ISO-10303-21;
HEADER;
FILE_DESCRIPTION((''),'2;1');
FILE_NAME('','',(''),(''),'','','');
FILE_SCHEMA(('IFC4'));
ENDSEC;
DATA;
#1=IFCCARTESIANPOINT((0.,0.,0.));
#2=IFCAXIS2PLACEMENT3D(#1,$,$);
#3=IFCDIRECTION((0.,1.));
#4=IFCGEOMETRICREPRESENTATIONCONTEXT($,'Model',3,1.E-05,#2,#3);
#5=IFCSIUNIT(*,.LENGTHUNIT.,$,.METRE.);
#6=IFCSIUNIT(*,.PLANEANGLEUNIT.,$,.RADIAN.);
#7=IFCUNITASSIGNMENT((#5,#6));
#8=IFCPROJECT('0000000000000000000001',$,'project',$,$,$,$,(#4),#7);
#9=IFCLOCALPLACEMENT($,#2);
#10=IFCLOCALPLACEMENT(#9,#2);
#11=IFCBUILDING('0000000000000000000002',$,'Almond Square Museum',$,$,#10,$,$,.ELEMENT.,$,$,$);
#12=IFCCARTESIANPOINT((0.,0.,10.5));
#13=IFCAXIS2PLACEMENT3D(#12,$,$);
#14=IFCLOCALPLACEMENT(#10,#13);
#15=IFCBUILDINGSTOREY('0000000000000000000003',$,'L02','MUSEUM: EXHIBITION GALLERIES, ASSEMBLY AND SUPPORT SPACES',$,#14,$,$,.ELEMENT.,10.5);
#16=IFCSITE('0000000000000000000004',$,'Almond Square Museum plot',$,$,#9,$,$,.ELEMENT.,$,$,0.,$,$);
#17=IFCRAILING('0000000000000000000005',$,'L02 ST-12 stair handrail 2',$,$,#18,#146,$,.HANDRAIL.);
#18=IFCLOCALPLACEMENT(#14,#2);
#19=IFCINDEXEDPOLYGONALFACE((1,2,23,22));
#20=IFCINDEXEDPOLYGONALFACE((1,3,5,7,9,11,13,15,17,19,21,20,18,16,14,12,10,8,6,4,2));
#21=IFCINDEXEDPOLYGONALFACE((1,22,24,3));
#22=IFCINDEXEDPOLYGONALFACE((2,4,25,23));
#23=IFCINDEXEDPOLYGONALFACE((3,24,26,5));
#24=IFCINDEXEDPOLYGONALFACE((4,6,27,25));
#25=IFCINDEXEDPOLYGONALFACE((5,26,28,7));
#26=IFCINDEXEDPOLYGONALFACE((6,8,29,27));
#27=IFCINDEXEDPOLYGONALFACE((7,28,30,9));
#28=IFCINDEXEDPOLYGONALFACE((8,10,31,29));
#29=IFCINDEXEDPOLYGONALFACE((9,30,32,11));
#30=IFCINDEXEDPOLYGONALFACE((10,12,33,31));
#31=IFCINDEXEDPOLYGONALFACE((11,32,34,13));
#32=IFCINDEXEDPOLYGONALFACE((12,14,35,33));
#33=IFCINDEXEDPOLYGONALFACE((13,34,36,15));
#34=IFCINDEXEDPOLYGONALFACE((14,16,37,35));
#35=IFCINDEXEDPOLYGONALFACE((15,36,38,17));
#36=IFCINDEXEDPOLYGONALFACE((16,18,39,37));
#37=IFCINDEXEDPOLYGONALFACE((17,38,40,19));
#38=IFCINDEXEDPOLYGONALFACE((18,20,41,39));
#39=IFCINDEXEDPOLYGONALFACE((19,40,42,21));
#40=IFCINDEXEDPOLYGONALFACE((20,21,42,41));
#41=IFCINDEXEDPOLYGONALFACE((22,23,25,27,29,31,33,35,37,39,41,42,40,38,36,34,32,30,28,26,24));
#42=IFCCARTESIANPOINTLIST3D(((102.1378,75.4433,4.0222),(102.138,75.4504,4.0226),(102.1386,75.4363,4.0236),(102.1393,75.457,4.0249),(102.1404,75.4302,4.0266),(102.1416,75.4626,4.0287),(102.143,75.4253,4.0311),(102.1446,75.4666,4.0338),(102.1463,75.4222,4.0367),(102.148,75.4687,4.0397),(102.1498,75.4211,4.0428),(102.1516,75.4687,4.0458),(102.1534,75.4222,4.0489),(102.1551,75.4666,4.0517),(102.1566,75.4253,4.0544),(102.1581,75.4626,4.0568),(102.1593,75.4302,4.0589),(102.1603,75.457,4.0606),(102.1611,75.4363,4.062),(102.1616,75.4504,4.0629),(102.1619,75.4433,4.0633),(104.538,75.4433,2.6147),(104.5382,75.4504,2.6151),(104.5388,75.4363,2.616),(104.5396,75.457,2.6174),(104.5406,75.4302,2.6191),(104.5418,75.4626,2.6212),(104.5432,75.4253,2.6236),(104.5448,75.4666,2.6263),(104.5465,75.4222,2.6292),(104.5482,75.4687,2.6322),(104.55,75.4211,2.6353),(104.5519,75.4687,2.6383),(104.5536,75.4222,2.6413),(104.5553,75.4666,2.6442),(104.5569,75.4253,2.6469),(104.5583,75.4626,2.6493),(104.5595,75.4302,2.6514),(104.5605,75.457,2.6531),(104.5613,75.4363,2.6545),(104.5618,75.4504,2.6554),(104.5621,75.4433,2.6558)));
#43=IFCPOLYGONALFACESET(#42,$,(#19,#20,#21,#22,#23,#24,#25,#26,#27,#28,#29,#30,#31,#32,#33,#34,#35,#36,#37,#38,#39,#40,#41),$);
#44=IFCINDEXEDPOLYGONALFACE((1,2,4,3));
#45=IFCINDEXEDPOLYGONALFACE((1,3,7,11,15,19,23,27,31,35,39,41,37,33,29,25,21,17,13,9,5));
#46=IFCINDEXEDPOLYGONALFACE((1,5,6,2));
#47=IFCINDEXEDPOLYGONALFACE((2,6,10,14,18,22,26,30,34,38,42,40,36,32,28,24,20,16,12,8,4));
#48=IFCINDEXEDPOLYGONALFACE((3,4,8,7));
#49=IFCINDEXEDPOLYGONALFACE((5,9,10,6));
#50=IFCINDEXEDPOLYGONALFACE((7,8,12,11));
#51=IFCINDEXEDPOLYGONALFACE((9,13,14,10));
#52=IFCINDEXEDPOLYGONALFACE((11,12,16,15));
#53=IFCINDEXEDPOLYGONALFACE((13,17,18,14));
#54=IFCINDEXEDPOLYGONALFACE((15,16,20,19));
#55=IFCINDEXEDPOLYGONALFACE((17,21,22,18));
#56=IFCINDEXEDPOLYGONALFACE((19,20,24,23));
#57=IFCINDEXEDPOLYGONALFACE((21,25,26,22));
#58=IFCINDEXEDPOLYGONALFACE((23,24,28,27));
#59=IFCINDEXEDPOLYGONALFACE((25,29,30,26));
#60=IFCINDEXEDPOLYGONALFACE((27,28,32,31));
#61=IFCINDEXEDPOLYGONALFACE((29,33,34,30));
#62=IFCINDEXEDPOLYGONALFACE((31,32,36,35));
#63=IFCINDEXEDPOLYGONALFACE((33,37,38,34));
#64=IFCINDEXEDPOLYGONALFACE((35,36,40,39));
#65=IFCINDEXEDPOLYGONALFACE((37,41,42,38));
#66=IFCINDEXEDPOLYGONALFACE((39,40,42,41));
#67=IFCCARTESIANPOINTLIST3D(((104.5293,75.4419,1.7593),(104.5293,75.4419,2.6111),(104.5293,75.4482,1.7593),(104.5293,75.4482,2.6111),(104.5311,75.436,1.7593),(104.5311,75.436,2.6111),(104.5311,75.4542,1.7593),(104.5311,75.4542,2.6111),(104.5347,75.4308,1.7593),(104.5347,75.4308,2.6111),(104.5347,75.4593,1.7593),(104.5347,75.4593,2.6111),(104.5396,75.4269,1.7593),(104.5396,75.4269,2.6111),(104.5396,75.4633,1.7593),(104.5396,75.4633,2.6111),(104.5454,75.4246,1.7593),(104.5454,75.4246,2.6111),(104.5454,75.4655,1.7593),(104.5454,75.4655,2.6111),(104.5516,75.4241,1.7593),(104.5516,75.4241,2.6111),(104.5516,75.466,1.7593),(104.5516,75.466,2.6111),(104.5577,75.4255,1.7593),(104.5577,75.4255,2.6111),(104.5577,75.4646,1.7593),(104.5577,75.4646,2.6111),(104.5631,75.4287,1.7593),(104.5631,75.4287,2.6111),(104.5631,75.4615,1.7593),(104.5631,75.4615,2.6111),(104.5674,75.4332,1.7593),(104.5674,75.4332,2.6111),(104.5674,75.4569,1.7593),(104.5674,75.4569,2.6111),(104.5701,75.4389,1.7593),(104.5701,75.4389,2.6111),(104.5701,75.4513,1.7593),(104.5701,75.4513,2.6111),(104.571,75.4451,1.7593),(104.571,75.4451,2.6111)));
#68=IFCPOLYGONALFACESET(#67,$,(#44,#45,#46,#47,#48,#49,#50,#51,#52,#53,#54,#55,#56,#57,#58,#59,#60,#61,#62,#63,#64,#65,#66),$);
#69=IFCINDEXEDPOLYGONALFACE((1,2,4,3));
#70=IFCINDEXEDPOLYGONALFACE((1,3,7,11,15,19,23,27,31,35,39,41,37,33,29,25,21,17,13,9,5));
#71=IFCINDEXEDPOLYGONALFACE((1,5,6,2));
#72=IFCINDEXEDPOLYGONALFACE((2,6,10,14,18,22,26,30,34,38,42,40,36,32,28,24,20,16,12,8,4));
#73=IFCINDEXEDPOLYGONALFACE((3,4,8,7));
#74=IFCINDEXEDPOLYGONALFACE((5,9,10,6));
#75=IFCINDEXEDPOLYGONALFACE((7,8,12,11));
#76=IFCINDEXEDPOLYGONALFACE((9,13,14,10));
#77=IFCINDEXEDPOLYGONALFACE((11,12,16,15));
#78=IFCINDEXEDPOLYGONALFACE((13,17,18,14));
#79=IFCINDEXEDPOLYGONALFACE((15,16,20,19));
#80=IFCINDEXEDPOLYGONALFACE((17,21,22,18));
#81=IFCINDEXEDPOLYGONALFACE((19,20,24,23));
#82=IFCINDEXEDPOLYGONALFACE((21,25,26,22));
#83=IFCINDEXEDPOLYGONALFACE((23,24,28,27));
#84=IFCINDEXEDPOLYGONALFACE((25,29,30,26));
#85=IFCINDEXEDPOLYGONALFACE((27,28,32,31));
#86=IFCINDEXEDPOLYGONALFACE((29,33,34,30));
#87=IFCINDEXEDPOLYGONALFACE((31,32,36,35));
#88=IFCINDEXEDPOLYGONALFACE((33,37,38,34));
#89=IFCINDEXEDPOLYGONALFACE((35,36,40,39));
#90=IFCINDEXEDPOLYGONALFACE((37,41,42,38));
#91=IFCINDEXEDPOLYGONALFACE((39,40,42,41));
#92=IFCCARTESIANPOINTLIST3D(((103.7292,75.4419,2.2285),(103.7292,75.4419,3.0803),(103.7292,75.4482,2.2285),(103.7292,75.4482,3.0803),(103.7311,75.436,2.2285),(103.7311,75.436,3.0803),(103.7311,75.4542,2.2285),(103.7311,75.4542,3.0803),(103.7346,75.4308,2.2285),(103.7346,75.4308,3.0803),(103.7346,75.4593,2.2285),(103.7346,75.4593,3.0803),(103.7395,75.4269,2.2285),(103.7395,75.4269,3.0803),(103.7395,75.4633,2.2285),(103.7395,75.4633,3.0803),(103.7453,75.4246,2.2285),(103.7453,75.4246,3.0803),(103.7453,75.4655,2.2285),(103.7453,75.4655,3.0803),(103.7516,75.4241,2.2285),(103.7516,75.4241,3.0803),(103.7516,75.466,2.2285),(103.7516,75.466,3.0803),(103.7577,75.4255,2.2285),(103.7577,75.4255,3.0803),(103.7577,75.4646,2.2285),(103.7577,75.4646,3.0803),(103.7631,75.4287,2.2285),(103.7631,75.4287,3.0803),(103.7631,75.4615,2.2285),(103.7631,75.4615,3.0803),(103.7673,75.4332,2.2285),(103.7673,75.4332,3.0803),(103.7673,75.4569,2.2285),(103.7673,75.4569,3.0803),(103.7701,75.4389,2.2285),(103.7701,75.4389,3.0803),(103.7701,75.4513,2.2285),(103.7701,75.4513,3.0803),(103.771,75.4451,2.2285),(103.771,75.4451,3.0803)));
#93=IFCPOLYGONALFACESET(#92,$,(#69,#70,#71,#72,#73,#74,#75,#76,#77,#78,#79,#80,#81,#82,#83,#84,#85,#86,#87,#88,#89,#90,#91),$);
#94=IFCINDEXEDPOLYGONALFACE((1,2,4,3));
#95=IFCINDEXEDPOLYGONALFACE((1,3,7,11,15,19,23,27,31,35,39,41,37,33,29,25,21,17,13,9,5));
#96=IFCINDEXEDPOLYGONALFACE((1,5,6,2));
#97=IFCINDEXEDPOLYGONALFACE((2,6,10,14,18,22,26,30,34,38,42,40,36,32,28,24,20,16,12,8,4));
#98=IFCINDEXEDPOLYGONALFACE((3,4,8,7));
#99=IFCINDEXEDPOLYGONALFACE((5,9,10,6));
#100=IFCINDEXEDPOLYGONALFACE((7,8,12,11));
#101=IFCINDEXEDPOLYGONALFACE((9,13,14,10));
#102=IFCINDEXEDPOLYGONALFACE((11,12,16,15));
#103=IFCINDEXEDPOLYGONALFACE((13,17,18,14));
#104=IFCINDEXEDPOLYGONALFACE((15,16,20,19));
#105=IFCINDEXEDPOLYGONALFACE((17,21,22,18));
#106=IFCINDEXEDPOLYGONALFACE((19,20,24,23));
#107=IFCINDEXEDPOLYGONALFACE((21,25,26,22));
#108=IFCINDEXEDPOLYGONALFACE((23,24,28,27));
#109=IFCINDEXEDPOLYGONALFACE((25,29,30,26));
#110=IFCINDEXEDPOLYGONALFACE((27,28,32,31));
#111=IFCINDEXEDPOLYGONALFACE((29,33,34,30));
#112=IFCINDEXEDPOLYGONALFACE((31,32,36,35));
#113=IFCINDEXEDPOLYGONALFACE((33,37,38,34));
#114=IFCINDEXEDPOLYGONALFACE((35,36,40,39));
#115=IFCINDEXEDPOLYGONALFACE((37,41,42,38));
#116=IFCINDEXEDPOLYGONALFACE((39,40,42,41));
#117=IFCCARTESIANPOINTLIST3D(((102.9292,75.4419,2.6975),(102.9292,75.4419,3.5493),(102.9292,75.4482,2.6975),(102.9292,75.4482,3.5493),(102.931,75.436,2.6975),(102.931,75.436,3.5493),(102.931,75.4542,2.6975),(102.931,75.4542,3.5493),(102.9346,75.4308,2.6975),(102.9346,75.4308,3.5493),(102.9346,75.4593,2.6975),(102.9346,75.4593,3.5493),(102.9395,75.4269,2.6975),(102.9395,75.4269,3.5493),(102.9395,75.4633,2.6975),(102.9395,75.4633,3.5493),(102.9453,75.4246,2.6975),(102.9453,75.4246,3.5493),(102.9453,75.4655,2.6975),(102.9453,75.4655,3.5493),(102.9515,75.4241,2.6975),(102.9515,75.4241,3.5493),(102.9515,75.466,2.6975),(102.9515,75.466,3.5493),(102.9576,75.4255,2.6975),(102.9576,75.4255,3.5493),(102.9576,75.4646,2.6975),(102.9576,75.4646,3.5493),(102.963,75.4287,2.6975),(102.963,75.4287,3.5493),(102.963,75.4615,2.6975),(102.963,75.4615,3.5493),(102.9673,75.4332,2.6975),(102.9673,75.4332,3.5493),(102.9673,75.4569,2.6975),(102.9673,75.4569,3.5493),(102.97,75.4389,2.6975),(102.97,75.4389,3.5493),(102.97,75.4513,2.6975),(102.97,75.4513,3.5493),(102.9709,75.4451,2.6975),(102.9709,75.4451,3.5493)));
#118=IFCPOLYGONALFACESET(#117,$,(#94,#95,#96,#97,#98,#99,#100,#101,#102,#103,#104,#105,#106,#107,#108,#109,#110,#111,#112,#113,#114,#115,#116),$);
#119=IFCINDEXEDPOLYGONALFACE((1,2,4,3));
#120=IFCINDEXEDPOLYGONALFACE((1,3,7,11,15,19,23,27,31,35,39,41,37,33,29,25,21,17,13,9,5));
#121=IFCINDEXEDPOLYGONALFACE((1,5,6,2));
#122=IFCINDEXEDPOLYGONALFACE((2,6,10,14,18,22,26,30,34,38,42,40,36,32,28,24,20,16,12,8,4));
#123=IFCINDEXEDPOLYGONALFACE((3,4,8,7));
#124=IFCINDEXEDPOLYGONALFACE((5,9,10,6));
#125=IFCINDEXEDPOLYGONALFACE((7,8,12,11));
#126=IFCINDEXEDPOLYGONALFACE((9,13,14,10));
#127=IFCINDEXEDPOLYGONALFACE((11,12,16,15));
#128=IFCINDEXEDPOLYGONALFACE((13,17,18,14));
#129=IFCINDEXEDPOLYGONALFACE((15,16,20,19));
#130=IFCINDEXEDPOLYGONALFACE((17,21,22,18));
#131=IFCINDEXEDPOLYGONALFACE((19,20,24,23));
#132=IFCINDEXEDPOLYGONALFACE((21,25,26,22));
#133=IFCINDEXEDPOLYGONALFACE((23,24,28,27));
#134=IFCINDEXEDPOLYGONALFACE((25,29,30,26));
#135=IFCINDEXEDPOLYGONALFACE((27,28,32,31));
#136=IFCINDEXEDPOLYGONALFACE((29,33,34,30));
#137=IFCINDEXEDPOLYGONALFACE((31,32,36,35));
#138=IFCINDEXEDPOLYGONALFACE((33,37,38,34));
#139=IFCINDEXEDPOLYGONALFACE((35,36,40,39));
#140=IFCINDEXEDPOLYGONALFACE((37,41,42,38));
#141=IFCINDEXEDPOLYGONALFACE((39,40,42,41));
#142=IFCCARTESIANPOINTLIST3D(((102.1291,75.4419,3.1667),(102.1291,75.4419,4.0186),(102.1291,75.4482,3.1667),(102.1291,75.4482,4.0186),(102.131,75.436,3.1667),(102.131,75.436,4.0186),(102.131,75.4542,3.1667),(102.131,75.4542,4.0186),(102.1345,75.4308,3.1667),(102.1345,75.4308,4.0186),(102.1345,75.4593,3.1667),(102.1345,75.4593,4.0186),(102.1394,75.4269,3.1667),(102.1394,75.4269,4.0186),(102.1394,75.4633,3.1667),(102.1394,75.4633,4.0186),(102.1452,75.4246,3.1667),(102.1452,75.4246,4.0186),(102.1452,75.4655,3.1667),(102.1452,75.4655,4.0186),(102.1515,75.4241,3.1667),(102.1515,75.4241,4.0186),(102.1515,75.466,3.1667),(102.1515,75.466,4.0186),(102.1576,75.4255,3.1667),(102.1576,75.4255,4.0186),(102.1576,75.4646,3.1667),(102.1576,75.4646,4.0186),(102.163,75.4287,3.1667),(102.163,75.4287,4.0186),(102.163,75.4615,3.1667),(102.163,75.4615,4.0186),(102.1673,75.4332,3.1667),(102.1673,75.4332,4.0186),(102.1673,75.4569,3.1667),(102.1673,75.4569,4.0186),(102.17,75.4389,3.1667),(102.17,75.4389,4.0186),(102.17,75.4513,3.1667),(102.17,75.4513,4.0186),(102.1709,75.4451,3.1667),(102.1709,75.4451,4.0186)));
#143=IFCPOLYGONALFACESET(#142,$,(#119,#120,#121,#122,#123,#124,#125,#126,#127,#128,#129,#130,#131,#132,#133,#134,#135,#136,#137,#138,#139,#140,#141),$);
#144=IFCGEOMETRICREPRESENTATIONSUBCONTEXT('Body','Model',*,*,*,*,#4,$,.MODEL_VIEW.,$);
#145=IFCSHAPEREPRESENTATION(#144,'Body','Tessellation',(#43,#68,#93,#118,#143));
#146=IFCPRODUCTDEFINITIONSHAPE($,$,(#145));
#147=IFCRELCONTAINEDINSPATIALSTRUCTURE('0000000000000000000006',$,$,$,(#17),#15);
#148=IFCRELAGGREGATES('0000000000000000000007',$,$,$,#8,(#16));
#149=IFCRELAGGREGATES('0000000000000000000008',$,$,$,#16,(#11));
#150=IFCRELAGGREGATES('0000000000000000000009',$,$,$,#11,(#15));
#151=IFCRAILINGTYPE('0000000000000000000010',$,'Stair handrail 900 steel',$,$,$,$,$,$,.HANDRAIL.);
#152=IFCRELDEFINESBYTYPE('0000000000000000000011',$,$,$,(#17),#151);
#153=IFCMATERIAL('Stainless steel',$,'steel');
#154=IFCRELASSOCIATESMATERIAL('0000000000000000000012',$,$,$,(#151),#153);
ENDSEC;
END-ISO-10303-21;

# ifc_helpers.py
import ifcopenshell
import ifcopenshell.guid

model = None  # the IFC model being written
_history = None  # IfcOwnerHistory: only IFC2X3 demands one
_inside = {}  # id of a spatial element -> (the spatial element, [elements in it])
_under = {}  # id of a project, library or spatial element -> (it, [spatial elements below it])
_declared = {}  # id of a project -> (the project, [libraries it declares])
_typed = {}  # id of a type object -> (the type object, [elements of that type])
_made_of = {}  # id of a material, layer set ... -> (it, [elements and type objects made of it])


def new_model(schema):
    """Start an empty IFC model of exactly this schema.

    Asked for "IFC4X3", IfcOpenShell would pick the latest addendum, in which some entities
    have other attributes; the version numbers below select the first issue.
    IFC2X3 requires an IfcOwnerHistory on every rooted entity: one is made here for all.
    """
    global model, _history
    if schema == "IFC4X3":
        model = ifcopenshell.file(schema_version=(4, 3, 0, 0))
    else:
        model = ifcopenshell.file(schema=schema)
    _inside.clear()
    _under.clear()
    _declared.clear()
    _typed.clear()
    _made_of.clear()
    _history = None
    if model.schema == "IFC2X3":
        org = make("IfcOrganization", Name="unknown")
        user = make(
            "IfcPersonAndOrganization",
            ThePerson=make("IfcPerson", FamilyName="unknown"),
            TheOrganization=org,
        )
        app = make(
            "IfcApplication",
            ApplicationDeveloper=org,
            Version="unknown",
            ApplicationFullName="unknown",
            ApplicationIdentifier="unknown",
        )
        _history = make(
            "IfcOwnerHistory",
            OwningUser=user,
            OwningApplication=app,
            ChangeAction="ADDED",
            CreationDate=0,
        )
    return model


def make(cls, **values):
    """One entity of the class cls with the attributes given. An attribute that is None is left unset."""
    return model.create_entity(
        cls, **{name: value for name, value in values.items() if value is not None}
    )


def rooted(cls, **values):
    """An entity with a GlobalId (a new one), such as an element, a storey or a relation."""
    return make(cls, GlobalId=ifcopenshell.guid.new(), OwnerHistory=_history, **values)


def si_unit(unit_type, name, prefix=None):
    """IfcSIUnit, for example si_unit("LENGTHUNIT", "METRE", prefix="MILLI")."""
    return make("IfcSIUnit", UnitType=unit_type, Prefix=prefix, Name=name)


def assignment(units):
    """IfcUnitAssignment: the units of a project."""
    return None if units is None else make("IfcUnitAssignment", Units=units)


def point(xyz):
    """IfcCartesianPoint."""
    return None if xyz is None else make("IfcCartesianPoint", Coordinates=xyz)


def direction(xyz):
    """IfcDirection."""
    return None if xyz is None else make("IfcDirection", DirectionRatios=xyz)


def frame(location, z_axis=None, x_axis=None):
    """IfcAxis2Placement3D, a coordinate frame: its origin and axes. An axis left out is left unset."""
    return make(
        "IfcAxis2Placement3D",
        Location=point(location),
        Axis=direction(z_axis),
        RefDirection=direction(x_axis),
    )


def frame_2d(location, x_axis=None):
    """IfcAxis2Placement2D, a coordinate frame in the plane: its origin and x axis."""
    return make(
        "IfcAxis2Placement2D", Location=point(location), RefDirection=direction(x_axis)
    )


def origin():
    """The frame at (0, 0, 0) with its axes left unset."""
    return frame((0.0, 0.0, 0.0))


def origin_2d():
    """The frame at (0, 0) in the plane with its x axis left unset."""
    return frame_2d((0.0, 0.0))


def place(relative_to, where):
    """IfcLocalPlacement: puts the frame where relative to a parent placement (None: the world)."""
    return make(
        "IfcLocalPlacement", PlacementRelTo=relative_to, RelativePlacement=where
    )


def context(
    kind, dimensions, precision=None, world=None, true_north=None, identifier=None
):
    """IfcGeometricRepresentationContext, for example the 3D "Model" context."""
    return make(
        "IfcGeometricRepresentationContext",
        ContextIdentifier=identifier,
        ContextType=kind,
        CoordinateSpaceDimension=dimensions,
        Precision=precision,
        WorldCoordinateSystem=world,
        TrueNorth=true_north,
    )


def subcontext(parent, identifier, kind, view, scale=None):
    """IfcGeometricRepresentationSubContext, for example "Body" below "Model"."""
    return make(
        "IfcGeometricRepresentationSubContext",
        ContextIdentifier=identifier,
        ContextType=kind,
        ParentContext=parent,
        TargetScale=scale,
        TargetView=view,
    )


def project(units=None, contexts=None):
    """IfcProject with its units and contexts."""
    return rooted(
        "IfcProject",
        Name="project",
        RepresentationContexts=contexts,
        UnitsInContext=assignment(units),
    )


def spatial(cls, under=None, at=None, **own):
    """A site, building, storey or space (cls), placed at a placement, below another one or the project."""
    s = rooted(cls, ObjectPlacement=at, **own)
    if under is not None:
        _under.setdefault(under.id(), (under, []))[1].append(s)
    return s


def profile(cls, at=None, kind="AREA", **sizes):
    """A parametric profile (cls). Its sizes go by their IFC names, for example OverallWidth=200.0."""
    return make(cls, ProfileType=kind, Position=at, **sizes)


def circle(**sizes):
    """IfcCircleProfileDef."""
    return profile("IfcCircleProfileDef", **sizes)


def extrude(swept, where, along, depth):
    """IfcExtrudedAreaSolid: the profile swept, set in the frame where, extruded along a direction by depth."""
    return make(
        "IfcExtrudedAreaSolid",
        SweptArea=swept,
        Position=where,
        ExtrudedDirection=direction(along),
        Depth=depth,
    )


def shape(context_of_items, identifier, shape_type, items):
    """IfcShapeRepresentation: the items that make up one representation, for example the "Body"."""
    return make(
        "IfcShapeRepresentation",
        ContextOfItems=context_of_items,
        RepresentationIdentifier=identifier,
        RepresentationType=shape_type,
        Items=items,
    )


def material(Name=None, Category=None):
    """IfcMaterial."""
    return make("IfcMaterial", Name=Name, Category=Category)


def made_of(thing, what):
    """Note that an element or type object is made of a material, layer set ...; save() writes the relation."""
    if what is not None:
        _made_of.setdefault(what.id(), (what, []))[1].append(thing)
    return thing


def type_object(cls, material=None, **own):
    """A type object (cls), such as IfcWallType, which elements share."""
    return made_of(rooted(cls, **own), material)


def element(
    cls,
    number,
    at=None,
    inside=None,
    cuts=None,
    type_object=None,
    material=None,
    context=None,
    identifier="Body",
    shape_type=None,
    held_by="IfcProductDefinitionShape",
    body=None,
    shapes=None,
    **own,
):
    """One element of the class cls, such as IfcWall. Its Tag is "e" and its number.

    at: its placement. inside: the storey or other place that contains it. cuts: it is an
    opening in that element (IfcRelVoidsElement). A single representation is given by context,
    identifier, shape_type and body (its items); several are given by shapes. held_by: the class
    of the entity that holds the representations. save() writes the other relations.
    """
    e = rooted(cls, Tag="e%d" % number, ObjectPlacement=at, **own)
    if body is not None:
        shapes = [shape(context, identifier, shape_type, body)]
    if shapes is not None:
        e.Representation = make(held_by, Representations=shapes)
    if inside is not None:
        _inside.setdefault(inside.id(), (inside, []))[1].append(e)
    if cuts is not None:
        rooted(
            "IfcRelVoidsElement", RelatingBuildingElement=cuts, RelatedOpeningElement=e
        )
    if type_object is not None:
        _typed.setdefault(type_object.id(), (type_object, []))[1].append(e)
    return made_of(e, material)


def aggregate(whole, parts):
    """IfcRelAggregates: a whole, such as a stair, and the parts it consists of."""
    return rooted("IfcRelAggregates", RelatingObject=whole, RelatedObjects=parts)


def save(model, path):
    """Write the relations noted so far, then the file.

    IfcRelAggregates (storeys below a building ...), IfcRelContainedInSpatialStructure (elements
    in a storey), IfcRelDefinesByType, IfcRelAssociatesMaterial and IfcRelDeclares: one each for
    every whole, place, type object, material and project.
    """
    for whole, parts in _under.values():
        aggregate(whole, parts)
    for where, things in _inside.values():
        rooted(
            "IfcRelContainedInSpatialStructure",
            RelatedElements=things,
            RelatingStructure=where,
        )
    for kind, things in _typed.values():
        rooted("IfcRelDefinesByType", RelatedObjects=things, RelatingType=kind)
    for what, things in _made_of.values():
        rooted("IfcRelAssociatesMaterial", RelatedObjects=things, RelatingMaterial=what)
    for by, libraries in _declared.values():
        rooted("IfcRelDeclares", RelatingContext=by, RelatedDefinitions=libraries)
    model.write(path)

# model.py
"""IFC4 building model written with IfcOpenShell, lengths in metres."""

from ifc_helpers import new_model, si_unit, direction, frame, origin, origin_2d, place, context, subcontext, project, spatial, circle, extrude, material, type_object, element, save


model = new_model("IFC4")

# Units and contexts
model_context = context("Model", 3, precision=1e-05, world=origin(), true_north=direction((0.0, 1.0)))
body_context = subcontext(model_context, "Body", "Model", "MODEL_VIEW")
ifc_project = project(units=[si_unit("LENGTHUNIT", "METRE"), si_unit("PLANEANGLEUNIT", "RADIAN")], contexts=[model_context])

# Site, building, storey
site_placement = place(None, origin())
site = spatial("IfcSite", under=ifc_project, at=site_placement, Name="Almond Square Museum plot", CompositionType="ELEMENT", RefElevation=0.0)
building_placement = place(site_placement, origin())
building = spatial("IfcBuilding", under=site, at=building_placement, Name="Almond Square Museum", CompositionType="ELEMENT")
storey_placement = place(building_placement, frame((0.0, 0.0, 10.5)))
storey = spatial("IfcBuildingStorey", under=building, at=storey_placement, Name="L02", Description="MUSEUM: EXHIBITION GALLERIES, ASSEMBLY AND SUPPORT SPACES", CompositionType="ELEMENT", Elevation=10.5)

# Railing
ifc_material_1 = material(Name="Stainless steel", Category="steel")
railing_type_1 = type_object("IfcRailingType", Name="Stair handrail 900 steel", PredefinedType="HANDRAIL", material=ifc_material_1)
railing_1_placement = place(storey_placement, frame((104.55, 75.4451, 1.7593)))
element("IfcRailing", 1, at=railing_1_placement, inside=storey, type_object=railing_type_1, Name="L02 ST-12 stair handrail 2", PredefinedType="HANDRAIL", context=body_context, shape_type="SweptSolid", body=[
    extrude(circle(Radius=0.0239, at=origin_2d()), frame((0.0, 0.0, 0.876), z_axis=(-0.862621, 0.0, 0.50585), x_axis=(0.0, -1.0, 0.0)), (0.0, 0.0, 1.0), 2.7825),
    extrude(circle(Radius=0.021, at=origin_2d()), origin(), (0.0, 0.0, 1.0), 0.8518),
    extrude(circle(Radius=0.021, at=origin_2d()), frame((-0.8, 0.0, 0.4692)), (0.0, 0.0, 1.0), 0.8518),
    extrude(circle(Radius=0.021, at=origin_2d()), frame((-1.6001, 0.0, 0.9382)), (0.0, 0.0, 1.0), 0.8518),
    extrude(circle(Radius=0.021, at=origin_2d()), frame((-2.4001, 0.0, 1.4075)), (0.0, 0.0, 1.0), 0.8518),
])

save(model, "model.ifc")
